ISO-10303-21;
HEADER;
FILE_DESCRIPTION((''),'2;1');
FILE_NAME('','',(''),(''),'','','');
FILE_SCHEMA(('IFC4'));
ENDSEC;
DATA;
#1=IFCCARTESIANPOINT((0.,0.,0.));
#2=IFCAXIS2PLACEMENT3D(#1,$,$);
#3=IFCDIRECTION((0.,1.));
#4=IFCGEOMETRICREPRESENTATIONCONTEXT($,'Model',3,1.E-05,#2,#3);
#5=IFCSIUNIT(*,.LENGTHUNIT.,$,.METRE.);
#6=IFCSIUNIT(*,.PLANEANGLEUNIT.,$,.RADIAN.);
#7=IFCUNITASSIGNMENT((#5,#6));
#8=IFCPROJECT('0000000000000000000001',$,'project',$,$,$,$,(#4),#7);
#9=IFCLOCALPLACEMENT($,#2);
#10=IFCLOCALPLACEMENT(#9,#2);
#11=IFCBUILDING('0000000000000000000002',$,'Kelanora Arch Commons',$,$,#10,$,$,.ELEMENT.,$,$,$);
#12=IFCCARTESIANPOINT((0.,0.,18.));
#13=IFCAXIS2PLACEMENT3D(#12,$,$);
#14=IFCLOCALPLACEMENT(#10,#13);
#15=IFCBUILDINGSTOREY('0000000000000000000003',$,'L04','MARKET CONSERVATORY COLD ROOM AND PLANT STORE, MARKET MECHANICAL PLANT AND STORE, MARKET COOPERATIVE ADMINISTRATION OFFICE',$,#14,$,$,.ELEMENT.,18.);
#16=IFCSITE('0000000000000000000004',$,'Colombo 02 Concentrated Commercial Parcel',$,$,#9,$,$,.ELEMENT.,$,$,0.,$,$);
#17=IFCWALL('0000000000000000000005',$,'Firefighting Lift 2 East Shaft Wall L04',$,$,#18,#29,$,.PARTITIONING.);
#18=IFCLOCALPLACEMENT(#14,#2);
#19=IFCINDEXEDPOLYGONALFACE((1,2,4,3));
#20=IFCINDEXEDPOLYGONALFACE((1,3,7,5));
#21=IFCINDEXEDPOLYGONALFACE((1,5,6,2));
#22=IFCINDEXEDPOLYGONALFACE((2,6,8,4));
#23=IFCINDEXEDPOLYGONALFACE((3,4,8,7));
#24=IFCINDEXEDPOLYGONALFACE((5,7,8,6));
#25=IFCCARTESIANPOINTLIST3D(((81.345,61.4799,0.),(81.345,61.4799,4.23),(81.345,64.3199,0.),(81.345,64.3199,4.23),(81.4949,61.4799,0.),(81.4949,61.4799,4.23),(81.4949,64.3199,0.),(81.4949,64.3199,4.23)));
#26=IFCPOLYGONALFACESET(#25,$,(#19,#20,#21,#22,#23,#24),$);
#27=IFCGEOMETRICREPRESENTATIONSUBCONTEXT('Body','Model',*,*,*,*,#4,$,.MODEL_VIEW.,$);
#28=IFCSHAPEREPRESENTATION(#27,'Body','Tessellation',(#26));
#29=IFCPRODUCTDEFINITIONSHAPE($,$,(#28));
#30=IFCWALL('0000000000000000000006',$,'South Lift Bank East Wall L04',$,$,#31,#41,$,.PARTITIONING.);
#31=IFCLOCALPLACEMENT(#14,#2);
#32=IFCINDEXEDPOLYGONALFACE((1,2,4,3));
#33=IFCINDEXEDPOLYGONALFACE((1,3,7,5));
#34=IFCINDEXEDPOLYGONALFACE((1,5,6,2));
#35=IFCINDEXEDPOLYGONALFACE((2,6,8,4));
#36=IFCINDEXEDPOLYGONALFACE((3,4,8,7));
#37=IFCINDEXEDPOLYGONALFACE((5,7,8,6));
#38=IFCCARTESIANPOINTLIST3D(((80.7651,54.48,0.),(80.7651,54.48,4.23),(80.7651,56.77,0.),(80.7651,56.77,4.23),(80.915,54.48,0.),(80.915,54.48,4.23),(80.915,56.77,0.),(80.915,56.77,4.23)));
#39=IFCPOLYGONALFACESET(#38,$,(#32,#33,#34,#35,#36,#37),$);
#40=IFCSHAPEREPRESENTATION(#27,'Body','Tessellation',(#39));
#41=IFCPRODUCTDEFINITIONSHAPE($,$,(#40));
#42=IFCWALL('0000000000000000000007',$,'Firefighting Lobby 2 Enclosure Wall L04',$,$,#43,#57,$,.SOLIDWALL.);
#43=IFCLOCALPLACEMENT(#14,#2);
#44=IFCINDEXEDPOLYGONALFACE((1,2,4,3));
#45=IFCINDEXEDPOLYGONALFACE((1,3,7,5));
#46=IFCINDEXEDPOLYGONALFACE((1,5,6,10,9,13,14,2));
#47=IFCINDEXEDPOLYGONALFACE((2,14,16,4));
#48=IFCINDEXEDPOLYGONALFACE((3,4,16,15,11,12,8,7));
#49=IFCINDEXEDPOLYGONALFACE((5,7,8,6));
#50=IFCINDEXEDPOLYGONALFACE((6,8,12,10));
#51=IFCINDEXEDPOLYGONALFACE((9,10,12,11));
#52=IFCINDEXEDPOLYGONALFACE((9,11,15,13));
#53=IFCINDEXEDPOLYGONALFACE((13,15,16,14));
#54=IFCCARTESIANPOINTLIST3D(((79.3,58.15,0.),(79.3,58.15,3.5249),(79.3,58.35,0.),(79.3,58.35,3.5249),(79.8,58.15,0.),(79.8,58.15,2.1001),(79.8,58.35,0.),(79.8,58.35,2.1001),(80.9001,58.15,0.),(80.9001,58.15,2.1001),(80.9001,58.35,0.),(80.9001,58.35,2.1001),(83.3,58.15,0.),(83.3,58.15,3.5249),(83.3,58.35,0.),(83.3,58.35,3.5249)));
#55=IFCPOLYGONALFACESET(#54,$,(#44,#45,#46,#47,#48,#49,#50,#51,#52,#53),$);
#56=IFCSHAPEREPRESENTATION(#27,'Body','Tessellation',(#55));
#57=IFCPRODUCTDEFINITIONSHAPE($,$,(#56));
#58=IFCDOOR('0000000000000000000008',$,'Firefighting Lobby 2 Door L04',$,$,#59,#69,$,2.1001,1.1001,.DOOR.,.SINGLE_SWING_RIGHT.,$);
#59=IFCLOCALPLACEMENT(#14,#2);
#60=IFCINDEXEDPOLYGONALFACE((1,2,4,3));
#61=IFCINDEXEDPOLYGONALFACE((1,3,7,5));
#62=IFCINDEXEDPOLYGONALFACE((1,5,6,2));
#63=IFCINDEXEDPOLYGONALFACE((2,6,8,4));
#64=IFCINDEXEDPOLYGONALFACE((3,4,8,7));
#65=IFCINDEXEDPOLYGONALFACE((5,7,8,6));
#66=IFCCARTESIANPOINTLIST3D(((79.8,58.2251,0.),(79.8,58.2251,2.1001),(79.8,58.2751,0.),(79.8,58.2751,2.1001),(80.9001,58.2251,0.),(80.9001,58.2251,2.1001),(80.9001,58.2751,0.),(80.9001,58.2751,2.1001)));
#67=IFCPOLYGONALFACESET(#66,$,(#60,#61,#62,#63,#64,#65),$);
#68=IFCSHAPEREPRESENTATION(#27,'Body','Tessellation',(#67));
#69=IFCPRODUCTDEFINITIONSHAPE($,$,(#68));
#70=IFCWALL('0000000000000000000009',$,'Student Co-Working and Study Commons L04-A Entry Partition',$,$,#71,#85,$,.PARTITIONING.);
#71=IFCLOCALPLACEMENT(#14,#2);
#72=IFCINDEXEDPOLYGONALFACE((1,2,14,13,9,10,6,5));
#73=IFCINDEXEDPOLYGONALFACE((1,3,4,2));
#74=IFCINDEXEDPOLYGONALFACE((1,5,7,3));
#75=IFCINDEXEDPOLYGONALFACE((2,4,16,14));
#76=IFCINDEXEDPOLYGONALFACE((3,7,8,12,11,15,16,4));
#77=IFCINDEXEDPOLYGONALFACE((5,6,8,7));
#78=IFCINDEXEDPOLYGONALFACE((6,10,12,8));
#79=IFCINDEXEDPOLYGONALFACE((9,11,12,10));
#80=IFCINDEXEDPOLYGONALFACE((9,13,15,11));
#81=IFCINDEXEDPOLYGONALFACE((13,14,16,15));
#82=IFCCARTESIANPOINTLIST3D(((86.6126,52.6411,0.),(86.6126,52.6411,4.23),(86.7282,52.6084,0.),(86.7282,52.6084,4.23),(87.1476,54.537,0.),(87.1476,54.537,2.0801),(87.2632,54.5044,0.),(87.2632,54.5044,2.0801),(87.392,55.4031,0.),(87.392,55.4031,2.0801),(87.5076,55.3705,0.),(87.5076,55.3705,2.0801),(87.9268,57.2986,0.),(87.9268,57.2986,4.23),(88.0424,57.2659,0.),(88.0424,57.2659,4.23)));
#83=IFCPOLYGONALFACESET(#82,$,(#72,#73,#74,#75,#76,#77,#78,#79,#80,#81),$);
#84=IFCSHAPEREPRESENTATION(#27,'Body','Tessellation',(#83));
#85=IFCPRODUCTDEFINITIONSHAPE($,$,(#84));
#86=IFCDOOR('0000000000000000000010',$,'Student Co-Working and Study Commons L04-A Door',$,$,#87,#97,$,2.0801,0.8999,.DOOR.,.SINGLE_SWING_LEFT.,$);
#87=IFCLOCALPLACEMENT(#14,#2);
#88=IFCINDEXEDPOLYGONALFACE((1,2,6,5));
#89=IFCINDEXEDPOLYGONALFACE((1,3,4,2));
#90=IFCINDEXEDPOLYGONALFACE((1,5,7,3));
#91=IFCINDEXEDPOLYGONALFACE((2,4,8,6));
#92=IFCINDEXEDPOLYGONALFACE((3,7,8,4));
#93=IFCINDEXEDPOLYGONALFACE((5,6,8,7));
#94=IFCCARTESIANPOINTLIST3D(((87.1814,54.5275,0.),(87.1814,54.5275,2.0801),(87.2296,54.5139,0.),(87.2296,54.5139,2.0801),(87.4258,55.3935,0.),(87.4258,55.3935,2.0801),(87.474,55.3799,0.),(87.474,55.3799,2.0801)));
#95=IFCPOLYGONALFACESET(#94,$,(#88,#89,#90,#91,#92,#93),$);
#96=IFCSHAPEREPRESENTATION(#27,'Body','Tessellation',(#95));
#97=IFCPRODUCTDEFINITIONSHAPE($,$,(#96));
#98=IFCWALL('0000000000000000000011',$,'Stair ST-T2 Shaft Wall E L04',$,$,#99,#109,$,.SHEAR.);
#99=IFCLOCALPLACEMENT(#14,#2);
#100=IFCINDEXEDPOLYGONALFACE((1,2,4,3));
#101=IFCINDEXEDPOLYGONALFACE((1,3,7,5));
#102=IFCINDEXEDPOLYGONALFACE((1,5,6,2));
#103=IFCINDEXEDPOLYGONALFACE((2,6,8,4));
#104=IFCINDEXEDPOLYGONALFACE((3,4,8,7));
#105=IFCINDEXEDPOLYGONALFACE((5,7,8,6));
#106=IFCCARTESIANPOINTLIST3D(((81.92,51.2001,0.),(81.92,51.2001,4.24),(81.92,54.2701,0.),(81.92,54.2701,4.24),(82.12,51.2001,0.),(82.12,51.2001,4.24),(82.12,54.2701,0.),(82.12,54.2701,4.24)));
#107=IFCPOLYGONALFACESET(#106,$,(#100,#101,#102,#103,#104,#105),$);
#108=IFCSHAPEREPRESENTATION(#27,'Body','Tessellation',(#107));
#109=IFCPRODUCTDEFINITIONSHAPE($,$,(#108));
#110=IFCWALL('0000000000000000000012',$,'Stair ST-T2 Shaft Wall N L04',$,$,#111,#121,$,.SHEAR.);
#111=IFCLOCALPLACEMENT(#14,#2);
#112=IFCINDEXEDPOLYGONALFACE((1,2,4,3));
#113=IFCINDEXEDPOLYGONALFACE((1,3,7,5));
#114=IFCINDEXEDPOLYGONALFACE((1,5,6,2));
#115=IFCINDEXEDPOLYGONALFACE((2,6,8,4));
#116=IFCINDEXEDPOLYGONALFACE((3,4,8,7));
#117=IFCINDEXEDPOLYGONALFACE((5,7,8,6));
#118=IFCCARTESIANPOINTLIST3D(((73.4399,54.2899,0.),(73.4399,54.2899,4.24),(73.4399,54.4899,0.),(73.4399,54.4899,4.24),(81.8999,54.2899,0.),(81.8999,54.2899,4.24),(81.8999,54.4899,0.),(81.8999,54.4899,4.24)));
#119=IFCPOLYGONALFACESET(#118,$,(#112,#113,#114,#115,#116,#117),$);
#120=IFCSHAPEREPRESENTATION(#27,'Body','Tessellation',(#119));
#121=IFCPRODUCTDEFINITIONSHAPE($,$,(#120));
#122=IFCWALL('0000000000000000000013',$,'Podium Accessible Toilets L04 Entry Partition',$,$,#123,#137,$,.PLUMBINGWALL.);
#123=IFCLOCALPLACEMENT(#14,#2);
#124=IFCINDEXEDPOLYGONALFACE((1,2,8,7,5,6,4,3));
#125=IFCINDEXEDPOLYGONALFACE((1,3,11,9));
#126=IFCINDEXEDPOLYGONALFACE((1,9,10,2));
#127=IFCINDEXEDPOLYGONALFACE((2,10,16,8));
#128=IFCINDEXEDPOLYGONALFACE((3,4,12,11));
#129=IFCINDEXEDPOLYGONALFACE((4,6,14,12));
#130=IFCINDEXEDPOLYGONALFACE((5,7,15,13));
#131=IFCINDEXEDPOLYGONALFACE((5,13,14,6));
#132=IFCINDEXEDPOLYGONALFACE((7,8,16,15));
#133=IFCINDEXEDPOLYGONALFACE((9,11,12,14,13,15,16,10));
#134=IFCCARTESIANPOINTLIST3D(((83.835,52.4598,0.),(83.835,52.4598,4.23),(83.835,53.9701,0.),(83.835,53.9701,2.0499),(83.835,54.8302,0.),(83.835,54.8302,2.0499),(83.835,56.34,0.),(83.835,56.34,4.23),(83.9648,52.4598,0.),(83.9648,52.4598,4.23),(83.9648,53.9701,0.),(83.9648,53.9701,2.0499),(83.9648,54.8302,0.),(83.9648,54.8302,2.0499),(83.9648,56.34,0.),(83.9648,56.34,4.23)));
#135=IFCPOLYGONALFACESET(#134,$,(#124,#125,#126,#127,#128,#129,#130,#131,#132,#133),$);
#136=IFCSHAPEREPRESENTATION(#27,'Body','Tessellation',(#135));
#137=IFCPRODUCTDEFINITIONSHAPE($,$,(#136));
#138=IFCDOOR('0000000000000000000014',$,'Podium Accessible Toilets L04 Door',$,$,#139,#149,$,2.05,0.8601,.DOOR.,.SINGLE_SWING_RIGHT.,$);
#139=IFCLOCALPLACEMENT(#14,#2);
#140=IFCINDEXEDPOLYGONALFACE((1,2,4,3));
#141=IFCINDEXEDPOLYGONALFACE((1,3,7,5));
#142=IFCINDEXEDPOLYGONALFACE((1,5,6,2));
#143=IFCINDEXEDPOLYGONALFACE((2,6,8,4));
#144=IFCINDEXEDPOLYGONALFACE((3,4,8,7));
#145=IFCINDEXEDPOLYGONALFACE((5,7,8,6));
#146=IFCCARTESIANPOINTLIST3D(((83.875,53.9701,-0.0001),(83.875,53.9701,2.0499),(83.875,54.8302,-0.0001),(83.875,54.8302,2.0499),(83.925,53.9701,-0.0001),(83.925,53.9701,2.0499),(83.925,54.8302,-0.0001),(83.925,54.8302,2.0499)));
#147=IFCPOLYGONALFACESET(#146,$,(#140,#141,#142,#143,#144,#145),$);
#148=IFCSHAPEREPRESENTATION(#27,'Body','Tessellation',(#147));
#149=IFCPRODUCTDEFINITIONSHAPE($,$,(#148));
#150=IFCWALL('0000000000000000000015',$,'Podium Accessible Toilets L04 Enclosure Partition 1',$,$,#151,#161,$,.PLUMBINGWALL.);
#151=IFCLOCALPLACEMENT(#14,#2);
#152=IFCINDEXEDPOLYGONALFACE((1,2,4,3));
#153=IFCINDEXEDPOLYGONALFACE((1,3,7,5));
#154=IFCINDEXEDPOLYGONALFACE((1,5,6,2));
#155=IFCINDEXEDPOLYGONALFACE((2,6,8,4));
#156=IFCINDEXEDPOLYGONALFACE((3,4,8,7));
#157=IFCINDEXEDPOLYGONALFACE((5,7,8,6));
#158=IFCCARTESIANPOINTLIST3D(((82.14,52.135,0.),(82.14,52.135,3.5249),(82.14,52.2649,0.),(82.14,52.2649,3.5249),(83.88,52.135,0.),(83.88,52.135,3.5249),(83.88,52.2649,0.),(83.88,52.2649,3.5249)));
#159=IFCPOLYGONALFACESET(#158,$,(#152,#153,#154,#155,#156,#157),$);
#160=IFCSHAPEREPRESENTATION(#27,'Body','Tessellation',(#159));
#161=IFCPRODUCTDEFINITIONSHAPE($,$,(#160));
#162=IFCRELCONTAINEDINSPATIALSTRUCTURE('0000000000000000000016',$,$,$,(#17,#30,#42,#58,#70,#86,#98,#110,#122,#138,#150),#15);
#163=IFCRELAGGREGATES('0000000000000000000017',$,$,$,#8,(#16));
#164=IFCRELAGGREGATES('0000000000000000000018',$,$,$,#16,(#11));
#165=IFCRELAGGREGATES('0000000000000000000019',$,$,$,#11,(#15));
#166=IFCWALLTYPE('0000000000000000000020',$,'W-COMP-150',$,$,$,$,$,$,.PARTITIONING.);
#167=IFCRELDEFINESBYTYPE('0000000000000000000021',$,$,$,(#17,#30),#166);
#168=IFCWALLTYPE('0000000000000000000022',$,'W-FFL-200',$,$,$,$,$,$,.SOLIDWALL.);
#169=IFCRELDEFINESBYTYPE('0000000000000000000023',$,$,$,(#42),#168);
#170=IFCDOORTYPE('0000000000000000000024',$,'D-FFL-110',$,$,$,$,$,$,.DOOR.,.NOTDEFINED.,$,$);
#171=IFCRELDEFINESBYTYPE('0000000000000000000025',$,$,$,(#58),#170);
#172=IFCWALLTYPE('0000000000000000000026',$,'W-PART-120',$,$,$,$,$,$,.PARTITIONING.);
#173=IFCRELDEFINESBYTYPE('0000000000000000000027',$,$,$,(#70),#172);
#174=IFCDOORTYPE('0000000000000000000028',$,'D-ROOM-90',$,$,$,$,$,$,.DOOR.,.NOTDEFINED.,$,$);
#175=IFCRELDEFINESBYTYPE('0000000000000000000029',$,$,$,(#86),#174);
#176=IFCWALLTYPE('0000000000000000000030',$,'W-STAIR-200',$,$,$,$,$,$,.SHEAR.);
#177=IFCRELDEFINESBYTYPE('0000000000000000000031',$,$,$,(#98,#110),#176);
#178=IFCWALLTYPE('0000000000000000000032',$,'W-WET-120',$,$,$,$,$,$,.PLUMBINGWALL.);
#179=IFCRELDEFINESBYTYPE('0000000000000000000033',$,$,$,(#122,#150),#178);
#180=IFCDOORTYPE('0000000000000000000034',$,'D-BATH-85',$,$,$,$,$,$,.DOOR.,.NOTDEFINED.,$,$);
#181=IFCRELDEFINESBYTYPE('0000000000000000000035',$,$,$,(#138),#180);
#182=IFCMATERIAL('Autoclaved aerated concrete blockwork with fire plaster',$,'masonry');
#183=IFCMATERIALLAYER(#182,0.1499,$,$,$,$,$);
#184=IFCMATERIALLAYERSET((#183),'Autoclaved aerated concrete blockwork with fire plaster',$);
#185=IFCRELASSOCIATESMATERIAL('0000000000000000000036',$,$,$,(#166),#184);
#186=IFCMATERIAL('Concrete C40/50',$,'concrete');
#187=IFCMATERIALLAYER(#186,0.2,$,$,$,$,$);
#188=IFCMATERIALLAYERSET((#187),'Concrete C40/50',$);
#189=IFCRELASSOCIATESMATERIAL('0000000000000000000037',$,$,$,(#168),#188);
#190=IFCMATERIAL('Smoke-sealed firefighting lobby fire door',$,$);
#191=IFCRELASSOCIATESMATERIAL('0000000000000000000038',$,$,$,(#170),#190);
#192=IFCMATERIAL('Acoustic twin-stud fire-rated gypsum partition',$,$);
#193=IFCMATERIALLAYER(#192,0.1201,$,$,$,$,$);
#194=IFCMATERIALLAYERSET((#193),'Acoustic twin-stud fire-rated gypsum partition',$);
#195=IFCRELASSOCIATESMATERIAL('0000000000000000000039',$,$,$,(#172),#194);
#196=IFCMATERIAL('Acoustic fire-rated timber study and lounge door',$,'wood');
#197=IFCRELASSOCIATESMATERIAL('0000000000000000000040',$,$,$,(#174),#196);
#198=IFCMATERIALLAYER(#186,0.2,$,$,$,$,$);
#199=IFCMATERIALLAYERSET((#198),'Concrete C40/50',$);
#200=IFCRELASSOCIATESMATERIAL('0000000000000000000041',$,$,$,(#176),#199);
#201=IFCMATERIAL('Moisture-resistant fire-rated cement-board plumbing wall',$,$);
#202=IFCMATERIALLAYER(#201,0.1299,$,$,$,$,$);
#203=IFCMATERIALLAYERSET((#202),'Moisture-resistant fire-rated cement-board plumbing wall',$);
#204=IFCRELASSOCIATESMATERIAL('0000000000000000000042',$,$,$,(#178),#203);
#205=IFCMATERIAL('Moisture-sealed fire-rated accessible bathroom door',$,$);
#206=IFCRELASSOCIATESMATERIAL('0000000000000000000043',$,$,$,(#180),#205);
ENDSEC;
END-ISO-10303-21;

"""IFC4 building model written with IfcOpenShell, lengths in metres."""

from ifc_helpers import new_model, si_unit, direction, frame, frame_2d, origin, place, context, subcontext, project, spatial, rectangle, extrude, material, layer, layer_set, type_object, element, fill, save


model = new_model("IFC4")

# Units and contexts
model_context = context("Model", 3, precision=1e-05, world=origin(), true_north=direction((0.0, 1.0)))
body_context = subcontext(model_context, "Body", "Model", "MODEL_VIEW")
ifc_project = project(units=[si_unit("LENGTHUNIT", "METRE"), si_unit("PLANEANGLEUNIT", "RADIAN")], contexts=[model_context])

# Site, building, storey
site_placement = place(None, origin())
site = spatial("IfcSite", under=ifc_project, at=site_placement, Name="Colombo 02 Concentrated Commercial Parcel", CompositionType="ELEMENT", RefElevation=0.0)
building_placement = place(site_placement, origin())
building = spatial("IfcBuilding", under=site, at=building_placement, Name="Kelanora Arch Commons", CompositionType="ELEMENT")
storey_placement = place(building_placement, frame((0.0, 0.0, 18.0)))
storey = spatial("IfcBuildingStorey", under=building, at=storey_placement, Name="L04", Description="MARKET CONSERVATORY COLD ROOM AND PLANT STORE, MARKET MECHANICAL PLANT AND STORE, MARKET COOPERATIVE ADMINISTRATION OFFICE", CompositionType="ELEMENT", Elevation=18.0)

# Walls
ifc_material_1 = material(Name="Autoclaved aerated concrete blockwork with fire plaster", Category="masonry")
ifc_layer_1 = layer(ifc_material_1, 0.1499)
ifc_layer_set_1 = layer_set([ifc_layer_1], Name="Autoclaved aerated concrete blockwork with fire plaster")
wall_type_1 = type_object("IfcWallType", Name="W-COMP-150", PredefinedType="PARTITIONING", material=ifc_layer_set_1)
wall_1_placement = place(storey_placement, frame((81.4199, 61.48, 0.0), z_axis=(0.0, 0.0, 1.0), x_axis=(0.0, 1.0, 0.0)))
element("IfcWall", 1, at=wall_1_placement, inside=storey, type_object=wall_type_1, Name="Firefighting Lift 2 East Shaft Wall L04", PredefinedType="PARTITIONING", context=body_context, shape_type="SweptSolid", body=[
    extrude(rectangle(XDim=2.8401, YDim=0.1499, at=frame_2d((1.4199, 0.0))), origin(), (0.0, 0.0, 1.0), 4.23),
])
wall_2_placement = place(storey_placement, frame((80.8401, 54.48, 0.0), z_axis=(0.0, 0.0, 1.0), x_axis=(0.0, 1.0, 0.0)))
element("IfcWall", 2, at=wall_2_placement, inside=storey, type_object=wall_type_1, Name="South Lift Bank East Wall L04", PredefinedType="PARTITIONING", context=body_context, shape_type="SweptSolid", body=[
    extrude(rectangle(XDim=2.29, YDim=0.1499, at=frame_2d((1.145, 0.0))), origin(), (0.0, 0.0, 1.0), 4.23),
])

# Walls, openings, doors
ifc_material_2 = material(Name="Concrete C40/50", Category="concrete")
ifc_layer_2 = layer(ifc_material_2, 0.2)
ifc_layer_set_2 = layer_set([ifc_layer_2], Name="Concrete C40/50")
wall_type_2 = type_object("IfcWallType", Name="W-FFL-200", PredefinedType="SOLIDWALL", material=ifc_layer_set_2)
wall_3_placement = place(storey_placement, frame((79.3, 58.25, 0.0), z_axis=(0.0, 0.0, 1.0), x_axis=(1.0, 0.0, 0.0)))
wall_3 = element("IfcWall", 3, at=wall_3_placement, inside=storey, type_object=wall_type_2, Name="Firefighting Lobby 2 Enclosure Wall L04", PredefinedType="SOLIDWALL", context=body_context, shape_type="SweptSolid", body=[
    extrude(rectangle(XDim=4.0, YDim=0.2, at=frame_2d((2.0, 0.0))), origin(), (0.0, 0.0, 1.0), 3.5249),
])
opening_1_placement = place(wall_3_placement, frame((0.5, 0.0, 0.0)))
opening_1 = element("IfcOpeningElement", 4, at=opening_1_placement, cuts=wall_3, PredefinedType="OPENING", context=body_context, shape_type="SweptSolid", body=[
    extrude(rectangle(XDim=1.1001, YDim=2.1001, at=frame_2d((0.55, 1.05))), frame((0.0, 0.1099, 0.0), z_axis=(0.0, -1.0, 0.0), x_axis=(1.0, 0.0, 0.0)), (0.0, 0.0, 1.0), 0.22),
])
ifc_material_3 = material(Name="Smoke-sealed firefighting lobby fire door")
door_type_1 = type_object("IfcDoorType", Name="D-FFL-110", OperationType="NOTDEFINED", PredefinedType="DOOR", material=ifc_material_3)
door_1_placement = place(opening_1_placement, frame((1.1001, 0.0, 0.0), z_axis=(0.0, 0.0, 1.0), x_axis=(-1.0, 0.0, 0.0)))
door_1 = element("IfcDoor", 5, at=door_1_placement, inside=storey, type_object=door_type_1, Name="Firefighting Lobby 2 Door L04", OperationType="SINGLE_SWING_RIGHT", OverallHeight=2.1001, OverallWidth=1.1001, PredefinedType="DOOR", context=body_context, shape_type="SweptSolid", body=[
    extrude(rectangle(XDim=1.1001, YDim=2.1001, at=frame_2d((0.55, 1.05))), frame((0.0, 0.0249, 0.0), z_axis=(0.0, -1.0, 0.0), x_axis=(1.0, 0.0, 0.0)), (0.0, 0.0, 1.0), 0.05),
])
fill(opening_1, door_1)
ifc_material_4 = material(Name="Acoustic twin-stud fire-rated gypsum partition")
ifc_layer_3 = layer(ifc_material_4, 0.1201)
ifc_layer_set_3 = layer_set([ifc_layer_3], Name="Acoustic twin-stud fire-rated gypsum partition")
wall_type_3 = type_object("IfcWallType", Name="W-PART-120", PredefinedType="PARTITIONING", material=ifc_layer_set_3)
wall_4_placement = place(storey_placement, frame((86.6704, 52.6248, 0.0), z_axis=(0.0, 0.0, 1.0), x_axis=(0.271568, 0.962419, 0.0)))
wall_4 = element("IfcWall", 6, at=wall_4_placement, inside=storey, type_object=wall_type_3, Name="Student Co-Working and Study Commons L04-A Entry Partition", PredefinedType="PARTITIONING", context=body_context, shape_type="SweptSolid", body=[
    extrude(rectangle(XDim=4.8394, YDim=0.1201, at=frame_2d((2.4197, 0.0))), origin(), (0.0, 0.0, 1.0), 4.23),
])
opening_2_placement = place(wall_4_placement, frame((1.97, 0.0, 0.0)))
opening_2 = element("IfcOpeningElement", 7, at=opening_2_placement, cuts=wall_4, PredefinedType="OPENING", context=body_context, shape_type="SweptSolid", body=[
    extrude(rectangle(XDim=0.8999, YDim=2.0801, at=frame_2d((0.45, 1.04))), frame((0.0, 0.0701, 0.0), z_axis=(0.0, -1.0, 0.0), x_axis=(1.0, 0.0, 0.0)), (0.0, 0.0, 1.0), 0.1401),
])
ifc_material_5 = material(Name="Acoustic fire-rated timber study and lounge door", Category="wood")
door_type_2 = type_object("IfcDoorType", Name="D-ROOM-90", OperationType="NOTDEFINED", PredefinedType="DOOR", material=ifc_material_5)
door_2_placement = place(opening_2_placement, origin())
door_2 = element("IfcDoor", 8, at=door_2_placement, inside=storey, type_object=door_type_2, Name="Student Co-Working and Study Commons L04-A Door", OperationType="SINGLE_SWING_LEFT", OverallHeight=2.0801, OverallWidth=0.8999, PredefinedType="DOOR", context=body_context, shape_type="SweptSolid", body=[
    extrude(rectangle(XDim=0.8999, YDim=2.0801, at=frame_2d((0.45, 1.04))), frame((0.0, 0.0249, 0.0), z_axis=(0.0, -1.0, 0.0), x_axis=(1.0, 0.0, 0.0)), (0.0, 0.0, 1.0), 0.05),
])
fill(opening_2, door_2)

# Walls
ifc_layer_4 = layer(ifc_material_2, 0.2)
ifc_layer_set_4 = layer_set([ifc_layer_4], Name="Concrete C40/50")
wall_type_4 = type_object("IfcWallType", Name="W-STAIR-200", PredefinedType="SHEAR", material=ifc_layer_set_4)
wall_5_placement = place(storey_placement, frame((82.02, 51.2, 0.0), z_axis=(0.0, 0.0, 1.0), x_axis=(0.0, 1.0, 0.0)))
element("IfcWall", 9, at=wall_5_placement, inside=storey, type_object=wall_type_4, Name="Stair ST-T2 Shaft Wall E L04", PredefinedType="SHEAR", context=body_context, shape_type="SweptSolid", body=[
    extrude(rectangle(XDim=3.0701, YDim=0.2, at=frame_2d((1.5352, 0.0))), origin(), (0.0, 0.0, 1.0), 4.24),
])
wall_6_placement = place(storey_placement, frame((81.8999, 54.3899, 0.0), z_axis=(0.0, 0.0, 1.0), x_axis=(-1.0, 0.0, 0.0)))
element("IfcWall", 10, at=wall_6_placement, inside=storey, type_object=wall_type_4, Name="Stair ST-T2 Shaft Wall N L04", PredefinedType="SHEAR", context=body_context, shape_type="SweptSolid", body=[
    extrude(rectangle(XDim=8.46, YDim=0.2, at=frame_2d((4.23, 0.0))), origin(), (0.0, 0.0, 1.0), 4.24),
])

# Wall, opening, door
ifc_material_6 = material(Name="Moisture-resistant fire-rated cement-board plumbing wall")
ifc_layer_5 = layer(ifc_material_6, 0.1299)
ifc_layer_set_5 = layer_set([ifc_layer_5], Name="Moisture-resistant fire-rated cement-board plumbing wall")
wall_type_5 = type_object("IfcWallType", Name="W-WET-120", PredefinedType="PLUMBINGWALL", material=ifc_layer_set_5)
wall_7_placement = place(storey_placement, frame((83.8999, 52.46, 0.0), z_axis=(0.0, 0.0, 1.0), x_axis=(0.0, 1.0, 0.0)))
wall_7 = element("IfcWall", 11, at=wall_7_placement, inside=storey, type_object=wall_type_5, Name="Podium Accessible Toilets L04 Entry Partition", PredefinedType="PLUMBINGWALL", context=body_context, shape_type="SweptSolid", body=[
    extrude(rectangle(XDim=3.8801, YDim=0.1299, at=frame_2d((1.9399, 0.0))), origin(), (0.0, 0.0, 1.0), 4.23),
])
opening_3_placement = place(wall_7_placement, frame((1.51, 0.0, 0.0)))
opening_3 = element("IfcOpeningElement", 12, at=opening_3_placement, cuts=wall_7, PredefinedType="OPENING", context=body_context, shape_type="SweptSolid", body=[
    extrude(rectangle(XDim=0.8601, YDim=2.05, at=frame_2d((0.4302, 1.0249))), frame((0.0, 0.075, 0.0), z_axis=(0.0, -1.0, 0.0), x_axis=(1.0, 0.0, 0.0)), (0.0, 0.0, 1.0), 0.1499),
])
ifc_material_7 = material(Name="Moisture-sealed fire-rated accessible bathroom door")
door_type_3 = type_object("IfcDoorType", Name="D-BATH-85", OperationType="NOTDEFINED", PredefinedType="DOOR", material=ifc_material_7)
door_3_placement = place(opening_3_placement, origin())
door_3 = element("IfcDoor", 13, at=door_3_placement, inside=storey, type_object=door_type_3, Name="Podium Accessible Toilets L04 Door", OperationType="SINGLE_SWING_RIGHT", OverallHeight=2.05, OverallWidth=0.8601, PredefinedType="DOOR", context=body_context, shape_type="SweptSolid", body=[
    extrude(rectangle(XDim=0.8601, YDim=2.05, at=frame_2d((0.4302, 1.0249))), frame((0.0, 0.0249, 0.0), z_axis=(0.0, -1.0, 0.0), x_axis=(1.0, 0.0, 0.0)), (0.0, 0.0, 1.0), 0.05),
])
fill(opening_3, door_3)

# Wall
wall_8_placement = place(storey_placement, frame((82.1399, 52.2, 0.0), z_axis=(0.0, 0.0, 1.0), x_axis=(1.0, 0.0, 0.0)))
element("IfcWall", 14, at=wall_8_placement, inside=storey, type_object=wall_type_5, Name="Podium Accessible Toilets L04 Enclosure Partition 1", PredefinedType="PLUMBINGWALL", context=body_context, shape_type="SweptSolid", body=[
    extrude(rectangle(XDim=1.74, YDim=0.1299, at=frame_2d((0.8701, 0.0))), origin(), (0.0, 0.0, 1.0), 3.5249),
])

save(model, "model.ifc")
